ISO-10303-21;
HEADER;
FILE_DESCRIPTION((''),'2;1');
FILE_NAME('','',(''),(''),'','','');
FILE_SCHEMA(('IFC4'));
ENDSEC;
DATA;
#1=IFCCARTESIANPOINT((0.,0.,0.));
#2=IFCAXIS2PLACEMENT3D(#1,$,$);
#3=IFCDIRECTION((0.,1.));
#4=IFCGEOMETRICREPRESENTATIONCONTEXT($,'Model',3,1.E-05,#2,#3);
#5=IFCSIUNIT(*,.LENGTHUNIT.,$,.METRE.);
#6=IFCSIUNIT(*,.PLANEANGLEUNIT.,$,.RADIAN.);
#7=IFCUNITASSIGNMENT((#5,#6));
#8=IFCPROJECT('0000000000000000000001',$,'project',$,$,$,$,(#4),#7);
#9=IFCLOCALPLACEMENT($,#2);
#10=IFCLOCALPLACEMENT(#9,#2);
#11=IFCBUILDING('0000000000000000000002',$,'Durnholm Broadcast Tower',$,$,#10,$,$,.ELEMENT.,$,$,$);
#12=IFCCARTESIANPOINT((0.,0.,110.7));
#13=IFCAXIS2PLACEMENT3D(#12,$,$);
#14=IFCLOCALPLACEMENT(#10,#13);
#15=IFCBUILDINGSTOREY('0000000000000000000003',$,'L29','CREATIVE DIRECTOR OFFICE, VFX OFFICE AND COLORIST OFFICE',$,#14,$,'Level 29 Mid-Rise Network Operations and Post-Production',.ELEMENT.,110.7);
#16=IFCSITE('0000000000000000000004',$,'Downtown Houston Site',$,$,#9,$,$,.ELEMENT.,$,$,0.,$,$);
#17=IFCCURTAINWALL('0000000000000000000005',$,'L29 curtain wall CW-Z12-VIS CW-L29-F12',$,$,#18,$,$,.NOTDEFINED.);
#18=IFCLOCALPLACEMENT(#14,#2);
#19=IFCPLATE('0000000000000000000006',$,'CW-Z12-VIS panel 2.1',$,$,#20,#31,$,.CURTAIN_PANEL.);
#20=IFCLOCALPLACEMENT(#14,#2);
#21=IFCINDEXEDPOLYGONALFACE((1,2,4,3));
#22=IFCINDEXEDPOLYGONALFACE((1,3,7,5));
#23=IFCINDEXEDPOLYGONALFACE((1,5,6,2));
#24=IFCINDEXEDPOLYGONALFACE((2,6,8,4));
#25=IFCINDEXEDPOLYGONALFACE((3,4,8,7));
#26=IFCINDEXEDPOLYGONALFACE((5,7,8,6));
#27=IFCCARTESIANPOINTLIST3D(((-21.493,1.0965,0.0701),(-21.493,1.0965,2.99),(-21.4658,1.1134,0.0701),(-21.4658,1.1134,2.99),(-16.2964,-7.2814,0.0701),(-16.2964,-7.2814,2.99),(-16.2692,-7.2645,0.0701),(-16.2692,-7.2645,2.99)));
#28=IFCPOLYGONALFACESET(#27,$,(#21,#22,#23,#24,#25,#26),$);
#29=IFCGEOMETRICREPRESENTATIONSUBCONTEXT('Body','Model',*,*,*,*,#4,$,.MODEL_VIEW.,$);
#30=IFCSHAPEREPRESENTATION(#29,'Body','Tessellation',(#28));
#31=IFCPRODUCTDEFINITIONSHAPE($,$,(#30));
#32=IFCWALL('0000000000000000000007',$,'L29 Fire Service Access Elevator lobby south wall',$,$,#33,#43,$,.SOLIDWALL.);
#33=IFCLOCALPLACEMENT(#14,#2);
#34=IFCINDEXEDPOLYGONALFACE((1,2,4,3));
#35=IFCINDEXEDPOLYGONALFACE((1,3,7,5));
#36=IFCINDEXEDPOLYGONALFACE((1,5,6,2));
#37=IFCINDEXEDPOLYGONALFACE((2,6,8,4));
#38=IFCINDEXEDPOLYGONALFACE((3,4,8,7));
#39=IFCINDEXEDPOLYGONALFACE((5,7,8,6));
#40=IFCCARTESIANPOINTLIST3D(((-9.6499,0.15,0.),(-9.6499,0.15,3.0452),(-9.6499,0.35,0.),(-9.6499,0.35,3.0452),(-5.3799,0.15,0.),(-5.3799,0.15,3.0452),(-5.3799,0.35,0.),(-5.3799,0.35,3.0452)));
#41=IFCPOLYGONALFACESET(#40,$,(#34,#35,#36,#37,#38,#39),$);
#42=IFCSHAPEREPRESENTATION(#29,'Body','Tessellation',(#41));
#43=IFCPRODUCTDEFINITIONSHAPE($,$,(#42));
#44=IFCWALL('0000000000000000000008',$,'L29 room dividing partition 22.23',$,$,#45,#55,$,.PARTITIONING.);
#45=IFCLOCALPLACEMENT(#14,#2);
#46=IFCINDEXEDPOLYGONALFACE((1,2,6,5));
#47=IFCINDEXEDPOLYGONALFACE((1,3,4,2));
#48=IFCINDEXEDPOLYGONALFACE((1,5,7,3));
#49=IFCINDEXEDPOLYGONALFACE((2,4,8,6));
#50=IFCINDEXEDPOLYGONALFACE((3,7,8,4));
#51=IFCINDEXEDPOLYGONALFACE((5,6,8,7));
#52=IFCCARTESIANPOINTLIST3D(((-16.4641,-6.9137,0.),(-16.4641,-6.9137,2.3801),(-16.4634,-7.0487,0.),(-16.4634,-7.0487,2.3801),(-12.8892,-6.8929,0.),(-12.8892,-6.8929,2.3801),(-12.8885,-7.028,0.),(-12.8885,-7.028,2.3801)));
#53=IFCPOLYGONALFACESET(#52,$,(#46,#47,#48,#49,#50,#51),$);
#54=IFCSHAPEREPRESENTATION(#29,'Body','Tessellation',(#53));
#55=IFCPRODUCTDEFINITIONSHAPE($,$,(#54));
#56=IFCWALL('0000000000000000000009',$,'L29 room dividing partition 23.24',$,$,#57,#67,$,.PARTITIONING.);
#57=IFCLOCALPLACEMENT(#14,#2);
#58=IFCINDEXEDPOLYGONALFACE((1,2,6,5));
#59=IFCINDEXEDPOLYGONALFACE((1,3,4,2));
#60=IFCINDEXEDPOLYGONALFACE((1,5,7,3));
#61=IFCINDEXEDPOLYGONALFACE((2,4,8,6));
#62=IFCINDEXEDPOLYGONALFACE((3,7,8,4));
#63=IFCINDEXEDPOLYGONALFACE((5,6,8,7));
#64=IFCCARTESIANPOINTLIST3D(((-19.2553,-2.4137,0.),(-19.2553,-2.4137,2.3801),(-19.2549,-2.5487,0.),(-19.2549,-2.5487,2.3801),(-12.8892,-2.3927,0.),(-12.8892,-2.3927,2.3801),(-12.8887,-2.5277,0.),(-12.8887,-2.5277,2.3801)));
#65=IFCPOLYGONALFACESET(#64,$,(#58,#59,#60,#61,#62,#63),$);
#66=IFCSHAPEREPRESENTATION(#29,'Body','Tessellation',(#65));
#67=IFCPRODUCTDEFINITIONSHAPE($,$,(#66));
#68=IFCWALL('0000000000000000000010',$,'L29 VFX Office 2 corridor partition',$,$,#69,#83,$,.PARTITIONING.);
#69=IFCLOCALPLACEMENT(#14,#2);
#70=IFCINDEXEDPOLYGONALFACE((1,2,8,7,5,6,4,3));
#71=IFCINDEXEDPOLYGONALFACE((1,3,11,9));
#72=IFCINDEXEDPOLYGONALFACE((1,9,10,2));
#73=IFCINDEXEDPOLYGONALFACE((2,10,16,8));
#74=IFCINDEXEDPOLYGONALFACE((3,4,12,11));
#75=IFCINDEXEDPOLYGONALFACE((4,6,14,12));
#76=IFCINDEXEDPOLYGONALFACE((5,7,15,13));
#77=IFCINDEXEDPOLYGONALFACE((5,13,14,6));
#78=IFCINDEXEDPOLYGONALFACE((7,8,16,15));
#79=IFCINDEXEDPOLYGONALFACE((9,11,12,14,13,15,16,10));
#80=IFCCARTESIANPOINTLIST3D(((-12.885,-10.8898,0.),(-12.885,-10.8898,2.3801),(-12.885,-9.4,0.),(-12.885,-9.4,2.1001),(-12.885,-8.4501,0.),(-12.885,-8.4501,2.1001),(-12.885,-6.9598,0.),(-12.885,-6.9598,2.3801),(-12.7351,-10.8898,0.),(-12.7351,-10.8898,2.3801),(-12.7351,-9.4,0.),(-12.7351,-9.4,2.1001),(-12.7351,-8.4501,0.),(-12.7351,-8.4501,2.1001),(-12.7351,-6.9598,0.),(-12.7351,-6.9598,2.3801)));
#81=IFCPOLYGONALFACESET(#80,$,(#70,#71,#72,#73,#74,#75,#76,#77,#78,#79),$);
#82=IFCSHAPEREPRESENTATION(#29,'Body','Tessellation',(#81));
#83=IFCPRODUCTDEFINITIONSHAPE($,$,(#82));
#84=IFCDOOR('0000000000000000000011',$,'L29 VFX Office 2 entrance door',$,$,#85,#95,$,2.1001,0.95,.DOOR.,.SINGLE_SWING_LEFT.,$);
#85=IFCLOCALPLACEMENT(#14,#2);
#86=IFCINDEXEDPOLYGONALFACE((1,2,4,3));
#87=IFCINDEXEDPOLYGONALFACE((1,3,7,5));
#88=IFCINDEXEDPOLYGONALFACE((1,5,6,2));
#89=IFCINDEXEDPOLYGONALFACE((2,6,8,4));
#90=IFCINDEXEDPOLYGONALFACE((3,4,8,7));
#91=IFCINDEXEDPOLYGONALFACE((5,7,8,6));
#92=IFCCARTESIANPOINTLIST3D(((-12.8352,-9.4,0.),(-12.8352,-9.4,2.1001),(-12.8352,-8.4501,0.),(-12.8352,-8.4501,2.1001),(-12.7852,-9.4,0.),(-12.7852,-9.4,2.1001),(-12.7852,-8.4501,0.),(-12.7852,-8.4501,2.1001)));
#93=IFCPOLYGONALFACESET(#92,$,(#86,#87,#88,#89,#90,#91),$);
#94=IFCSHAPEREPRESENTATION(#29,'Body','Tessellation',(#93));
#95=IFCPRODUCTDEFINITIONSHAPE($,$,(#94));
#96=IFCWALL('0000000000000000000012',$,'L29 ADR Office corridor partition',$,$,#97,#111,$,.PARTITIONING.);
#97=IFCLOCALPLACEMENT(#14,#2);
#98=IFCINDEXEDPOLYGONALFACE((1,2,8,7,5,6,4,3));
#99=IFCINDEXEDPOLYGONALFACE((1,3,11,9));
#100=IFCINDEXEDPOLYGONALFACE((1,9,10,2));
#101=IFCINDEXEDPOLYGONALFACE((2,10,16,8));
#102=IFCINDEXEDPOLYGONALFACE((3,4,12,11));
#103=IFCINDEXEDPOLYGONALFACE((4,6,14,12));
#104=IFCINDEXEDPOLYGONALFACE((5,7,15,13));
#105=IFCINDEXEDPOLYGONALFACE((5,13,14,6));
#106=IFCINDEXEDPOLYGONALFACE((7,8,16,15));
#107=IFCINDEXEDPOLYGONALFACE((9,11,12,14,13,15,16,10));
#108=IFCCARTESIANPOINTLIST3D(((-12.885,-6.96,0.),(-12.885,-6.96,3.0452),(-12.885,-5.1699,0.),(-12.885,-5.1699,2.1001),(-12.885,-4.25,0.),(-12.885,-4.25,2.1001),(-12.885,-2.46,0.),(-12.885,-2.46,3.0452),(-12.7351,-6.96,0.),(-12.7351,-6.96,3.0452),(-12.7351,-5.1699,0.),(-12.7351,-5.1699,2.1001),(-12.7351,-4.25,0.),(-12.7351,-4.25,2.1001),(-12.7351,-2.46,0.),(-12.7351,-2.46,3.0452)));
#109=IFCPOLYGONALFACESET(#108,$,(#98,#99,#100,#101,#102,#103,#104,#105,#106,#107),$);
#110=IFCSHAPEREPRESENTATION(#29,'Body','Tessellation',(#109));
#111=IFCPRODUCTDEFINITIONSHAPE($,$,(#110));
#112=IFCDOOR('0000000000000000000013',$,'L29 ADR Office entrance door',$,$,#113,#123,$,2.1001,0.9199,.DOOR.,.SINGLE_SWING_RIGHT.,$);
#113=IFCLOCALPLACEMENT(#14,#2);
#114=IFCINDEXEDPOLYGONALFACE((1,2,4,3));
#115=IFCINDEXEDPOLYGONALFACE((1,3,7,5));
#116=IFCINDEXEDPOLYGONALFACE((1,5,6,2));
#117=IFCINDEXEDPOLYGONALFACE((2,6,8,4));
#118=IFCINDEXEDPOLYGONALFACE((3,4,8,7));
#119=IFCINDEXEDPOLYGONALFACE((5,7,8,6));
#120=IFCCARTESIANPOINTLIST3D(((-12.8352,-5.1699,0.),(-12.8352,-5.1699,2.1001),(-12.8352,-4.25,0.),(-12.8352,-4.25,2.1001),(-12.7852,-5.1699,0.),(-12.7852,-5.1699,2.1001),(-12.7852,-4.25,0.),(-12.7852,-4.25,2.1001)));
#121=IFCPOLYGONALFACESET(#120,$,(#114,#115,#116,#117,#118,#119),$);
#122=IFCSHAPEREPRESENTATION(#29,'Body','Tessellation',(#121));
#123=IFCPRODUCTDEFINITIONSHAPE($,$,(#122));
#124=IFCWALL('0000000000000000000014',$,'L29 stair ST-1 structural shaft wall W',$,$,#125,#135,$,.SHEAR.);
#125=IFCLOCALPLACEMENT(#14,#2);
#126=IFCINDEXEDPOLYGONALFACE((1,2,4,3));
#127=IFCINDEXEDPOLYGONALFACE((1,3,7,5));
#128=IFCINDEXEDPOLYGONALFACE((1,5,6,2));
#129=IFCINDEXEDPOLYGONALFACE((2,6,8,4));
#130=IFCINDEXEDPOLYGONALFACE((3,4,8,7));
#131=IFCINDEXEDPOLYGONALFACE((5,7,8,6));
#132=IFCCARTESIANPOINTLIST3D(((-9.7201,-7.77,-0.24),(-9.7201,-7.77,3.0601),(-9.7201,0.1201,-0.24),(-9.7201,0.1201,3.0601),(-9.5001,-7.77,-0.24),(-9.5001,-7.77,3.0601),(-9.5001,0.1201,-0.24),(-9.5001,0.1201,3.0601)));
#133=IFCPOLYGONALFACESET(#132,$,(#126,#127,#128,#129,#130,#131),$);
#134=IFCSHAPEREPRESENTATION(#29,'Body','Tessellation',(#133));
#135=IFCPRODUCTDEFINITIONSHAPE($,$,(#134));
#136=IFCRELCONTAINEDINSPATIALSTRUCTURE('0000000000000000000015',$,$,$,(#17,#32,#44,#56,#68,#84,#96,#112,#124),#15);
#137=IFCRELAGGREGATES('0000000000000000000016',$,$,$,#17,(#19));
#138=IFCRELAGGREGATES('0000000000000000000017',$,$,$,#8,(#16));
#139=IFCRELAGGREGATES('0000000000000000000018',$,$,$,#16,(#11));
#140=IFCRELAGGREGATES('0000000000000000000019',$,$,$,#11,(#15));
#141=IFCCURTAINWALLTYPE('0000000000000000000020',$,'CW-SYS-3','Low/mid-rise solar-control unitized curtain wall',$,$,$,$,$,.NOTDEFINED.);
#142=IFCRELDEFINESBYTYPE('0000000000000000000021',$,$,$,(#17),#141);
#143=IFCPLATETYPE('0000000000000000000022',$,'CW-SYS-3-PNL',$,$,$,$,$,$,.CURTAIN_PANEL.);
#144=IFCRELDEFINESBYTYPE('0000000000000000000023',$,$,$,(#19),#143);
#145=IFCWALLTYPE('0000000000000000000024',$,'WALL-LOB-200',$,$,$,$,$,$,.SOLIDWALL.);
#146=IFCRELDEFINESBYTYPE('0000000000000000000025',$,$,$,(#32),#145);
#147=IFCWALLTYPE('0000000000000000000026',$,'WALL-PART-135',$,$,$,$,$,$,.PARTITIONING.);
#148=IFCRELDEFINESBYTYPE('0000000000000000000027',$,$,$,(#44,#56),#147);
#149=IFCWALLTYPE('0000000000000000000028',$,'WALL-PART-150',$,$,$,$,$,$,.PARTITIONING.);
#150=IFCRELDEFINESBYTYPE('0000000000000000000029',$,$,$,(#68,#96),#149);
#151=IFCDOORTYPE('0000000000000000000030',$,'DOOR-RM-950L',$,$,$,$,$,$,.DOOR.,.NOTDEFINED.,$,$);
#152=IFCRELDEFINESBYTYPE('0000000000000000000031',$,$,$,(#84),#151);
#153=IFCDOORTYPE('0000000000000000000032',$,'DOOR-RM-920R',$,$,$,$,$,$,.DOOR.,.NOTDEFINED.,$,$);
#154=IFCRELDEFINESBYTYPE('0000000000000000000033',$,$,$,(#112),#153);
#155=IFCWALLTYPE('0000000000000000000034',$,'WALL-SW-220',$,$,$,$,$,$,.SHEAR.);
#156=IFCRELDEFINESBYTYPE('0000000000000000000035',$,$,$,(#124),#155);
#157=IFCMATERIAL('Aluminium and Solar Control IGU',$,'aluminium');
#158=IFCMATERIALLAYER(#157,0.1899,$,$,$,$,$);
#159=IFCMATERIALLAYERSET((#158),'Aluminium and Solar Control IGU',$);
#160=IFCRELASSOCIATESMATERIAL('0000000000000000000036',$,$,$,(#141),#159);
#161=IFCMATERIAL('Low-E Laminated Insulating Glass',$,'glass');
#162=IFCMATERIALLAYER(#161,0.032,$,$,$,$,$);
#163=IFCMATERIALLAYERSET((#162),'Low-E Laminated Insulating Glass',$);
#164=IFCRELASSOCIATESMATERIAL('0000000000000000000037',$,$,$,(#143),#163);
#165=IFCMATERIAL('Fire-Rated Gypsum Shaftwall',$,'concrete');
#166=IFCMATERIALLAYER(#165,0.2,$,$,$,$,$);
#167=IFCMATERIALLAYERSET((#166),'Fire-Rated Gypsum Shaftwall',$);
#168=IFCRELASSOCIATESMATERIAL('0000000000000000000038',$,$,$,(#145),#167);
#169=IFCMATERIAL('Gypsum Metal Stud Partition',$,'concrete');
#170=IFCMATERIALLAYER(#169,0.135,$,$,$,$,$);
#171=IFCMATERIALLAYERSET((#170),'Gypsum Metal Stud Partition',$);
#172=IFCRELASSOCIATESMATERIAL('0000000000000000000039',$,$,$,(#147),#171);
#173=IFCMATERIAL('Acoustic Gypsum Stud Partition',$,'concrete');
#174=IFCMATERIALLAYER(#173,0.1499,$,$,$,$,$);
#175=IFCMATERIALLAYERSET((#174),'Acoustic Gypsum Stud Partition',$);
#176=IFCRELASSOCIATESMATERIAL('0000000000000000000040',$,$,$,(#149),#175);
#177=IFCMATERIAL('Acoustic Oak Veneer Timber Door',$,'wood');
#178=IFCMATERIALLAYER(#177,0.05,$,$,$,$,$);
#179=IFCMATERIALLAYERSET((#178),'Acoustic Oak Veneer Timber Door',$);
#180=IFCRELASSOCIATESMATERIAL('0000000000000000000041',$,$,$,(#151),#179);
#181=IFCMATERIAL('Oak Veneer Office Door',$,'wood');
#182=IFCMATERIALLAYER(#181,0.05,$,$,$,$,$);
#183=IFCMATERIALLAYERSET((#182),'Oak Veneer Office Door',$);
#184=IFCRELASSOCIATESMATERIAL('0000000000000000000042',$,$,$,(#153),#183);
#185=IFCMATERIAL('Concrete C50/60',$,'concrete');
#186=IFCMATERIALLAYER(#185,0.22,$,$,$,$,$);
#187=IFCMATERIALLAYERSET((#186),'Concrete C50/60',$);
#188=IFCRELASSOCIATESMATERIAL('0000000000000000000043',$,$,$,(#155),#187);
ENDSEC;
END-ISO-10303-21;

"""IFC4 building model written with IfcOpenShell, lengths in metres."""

from ifc_helpers import new_model, si_unit, direction, frame, frame_2d, origin, origin_2d, place, context, subcontext, project, spatial, rectangle, extrude, source, transform, mapped, material, layer, layer_set, type_object, type_shapes, element, fill, aggregate, save


model = new_model("IFC4")

# Units and contexts
model_context = context("Model", 3, precision=1e-05, world=origin(), true_north=direction((0.0, 1.0)))
body_context = subcontext(model_context, "Body", "Model", "MODEL_VIEW")
ifc_project = project(units=[si_unit("LENGTHUNIT", "METRE"), si_unit("PLANEANGLEUNIT", "RADIAN")], contexts=[model_context])

# Site, building, storey
site_placement = place(None, origin())
site = spatial("IfcSite", under=ifc_project, at=site_placement, Name="Downtown Houston Site", CompositionType="ELEMENT", RefElevation=0.0)
building_placement = place(site_placement, origin())
building = spatial("IfcBuilding", under=site, at=building_placement, Name="Durnholm Broadcast Tower", CompositionType="ELEMENT")
storey_placement = place(building_placement, frame((0.0, 0.0, 110.7)))
storey = spatial("IfcBuildingStorey", under=building, at=storey_placement, Name="L29", Description="CREATIVE DIRECTOR OFFICE, VFX OFFICE AND COLORIST OFFICE", LongName="Level 29 Mid-Rise Network Operations and Post-Production", CompositionType="ELEMENT", Elevation=110.7)

# Curtain wall
ifc_material_1 = material(Name="Aluminium and Solar Control IGU", Category="aluminium")
ifc_layer_1 = layer(ifc_material_1, 0.1899)
ifc_layer_set_1 = layer_set([ifc_layer_1], Name="Aluminium and Solar Control IGU")
curtain_wall_type_1 = type_object("IfcCurtainWallType", Name="CW-SYS-3", Description="Low/mid-rise solar-control unitized curtain wall", PredefinedType="NOTDEFINED", material=ifc_layer_set_1)
curtain_wall_1_placement = place(storey_placement, origin())
curtain_wall_1 = element("IfcCurtainWall", 1, at=curtain_wall_1_placement, inside=storey, type_object=curtain_wall_type_1, Name="L29 curtain wall CW-Z12-VIS CW-L29-F12", PredefinedType="NOTDEFINED")

# Plate
ifc_material_2 = material(Name="Low-E Laminated Insulating Glass", Category="glass")
ifc_layer_2 = layer(ifc_material_2, 0.032)
ifc_layer_set_2 = layer_set([ifc_layer_2], Name="Low-E Laminated Insulating Glass")
plate_type_1 = type_object("IfcPlateType", Name="CW-SYS-3-PNL", PredefinedType="CURTAIN_PANEL", material=ifc_layer_set_2)
shared_shape_1 = source(origin(), body_context, "Body", "SweptSolid", [
    extrude(rectangle(XDim=9.8586, YDim=0.032, at=origin_2d()), origin(), (0.0, 0.0, 1.0), 2.9199),
])
type_shapes(plate_type_1, [shared_shape_1])
plate_1_placement = place(storey_placement, frame((-18.8811, -3.084, 0.0701), z_axis=(0.0, 0.0, 1.0), x_axis=(-0.527105, 0.8498, 0.0)))
plate_1 = element("IfcPlate", 2, at=plate_1_placement, type_object=plate_type_1, Name="CW-Z12-VIS panel 2.1", PredefinedType="CURTAIN_PANEL", context=body_context, shape_type="MappedRepresentation", body=[
    mapped(shared_shape_1, transform((0.0, 0.0, 0.0), x_axis=(1.0, 0.0, 0.0), y_axis=(0.0, 1.0, 0.0), z_axis=(0.0, 0.0, 1.0), scale=1.0)),
])
aggregate(curtain_wall_1, [plate_1])

# Walls
ifc_material_3 = material(Name="Fire-Rated Gypsum Shaftwall", Category="concrete")
ifc_layer_3 = layer(ifc_material_3, 0.2)
ifc_layer_set_3 = layer_set([ifc_layer_3], Name="Fire-Rated Gypsum Shaftwall")
wall_type_1 = type_object("IfcWallType", Name="WALL-LOB-200", PredefinedType="SOLIDWALL", material=ifc_layer_set_3)
wall_1_placement = place(storey_placement, frame((-9.6499, 0.25, 0.0), z_axis=(0.0, 0.0, 1.0), x_axis=(1.0, 0.0, 0.0)))
element("IfcWall", 3, at=wall_1_placement, inside=storey, type_object=wall_type_1, Name="L29 Fire Service Access Elevator lobby south wall", PredefinedType="SOLIDWALL", context=body_context, shape_type="SweptSolid", body=[
    extrude(rectangle(XDim=4.27, YDim=0.2, at=frame_2d((2.135, 0.0))), origin(), (0.0, 0.0, 1.0), 3.0452),
])
ifc_material_4 = material(Name="Gypsum Metal Stud Partition", Category="concrete")
ifc_layer_4 = layer(ifc_material_4, 0.135)
ifc_layer_set_4 = layer_set([ifc_layer_4], Name="Gypsum Metal Stud Partition")
wall_type_2 = type_object("IfcWallType", Name="WALL-PART-135", PredefinedType="PARTITIONING", material=ifc_layer_set_4)
wall_2_placement = place(storey_placement, frame((-16.4639, -6.9812, 0.0), z_axis=(0.0, 0.0, 1.0), x_axis=(0.999983, 0.005805, 0.0)))
element("IfcWall", 4, at=wall_2_placement, inside=storey, type_object=wall_type_2, Name="L29 room dividing partition 22.23", PredefinedType="PARTITIONING", context=body_context, shape_type="SweptSolid", body=[
    extrude(rectangle(XDim=3.575, YDim=0.135, at=frame_2d((1.7876, 0.0))), origin(), (0.0, 0.0, 1.0), 2.3801),
])
wall_3_placement = place(storey_placement, frame((-19.2551, -2.4812, 0.0), z_axis=(0.0, 0.0, 1.0), x_axis=(0.999995, 0.003298, 0.0)))
element("IfcWall", 5, at=wall_3_placement, inside=storey, type_object=wall_type_2, Name="L29 room dividing partition 23.24", PredefinedType="PARTITIONING", context=body_context, shape_type="SweptSolid", body=[
    extrude(rectangle(XDim=6.3662, YDim=0.135, at=frame_2d((3.1831, 0.0))), origin(), (0.0, 0.0, 1.0), 2.3801),
])

# Walls, openings, doors
ifc_material_5 = material(Name="Acoustic Gypsum Stud Partition", Category="concrete")
ifc_layer_5 = layer(ifc_material_5, 0.1499)
ifc_layer_set_5 = layer_set([ifc_layer_5], Name="Acoustic Gypsum Stud Partition")
wall_type_3 = type_object("IfcWallType", Name="WALL-PART-150", PredefinedType="PARTITIONING", material=ifc_layer_set_5)
wall_4_placement = place(storey_placement, frame((-12.8101, -6.96, 0.0), z_axis=(0.0, 0.0, 1.0), x_axis=(0.0, -1.0, 0.0)))
wall_4 = element("IfcWall", 6, at=wall_4_placement, inside=storey, type_object=wall_type_3, Name="L29 VFX Office 2 corridor partition", PredefinedType="PARTITIONING", context=body_context, shape_type="SweptSolid", body=[
    extrude(rectangle(XDim=3.9299, YDim=0.1499, at=frame_2d((1.9648, 0.0))), origin(), (0.0, 0.0, 1.0), 2.3801),
])
opening_1_placement = place(wall_4_placement, frame((1.49, 0.0, 0.0)))
opening_1 = element("IfcOpeningElement", 7, at=opening_1_placement, cuts=wall_4, PredefinedType="OPENING", context=body_context, shape_type="SweptSolid", body=[
    extrude(rectangle(XDim=0.95, YDim=2.1001, at=frame_2d((0.4751, 1.05))), frame((0.0, 0.085, 0.0), z_axis=(0.0, -1.0, 0.0), x_axis=(1.0, 0.0, 0.0)), (0.0, 0.0, 1.0), 0.1699),
])
ifc_material_6 = material(Name="Acoustic Oak Veneer Timber Door", Category="wood")
ifc_layer_6 = layer(ifc_material_6, 0.05)
ifc_layer_set_6 = layer_set([ifc_layer_6], Name="Acoustic Oak Veneer Timber Door")
door_type_1 = type_object("IfcDoorType", Name="DOOR-RM-950L", OperationType="NOTDEFINED", PredefinedType="DOOR", material=ifc_layer_set_6)
shared_shape_2 = source(origin(), body_context, "Body", "SweptSolid", [
    extrude(rectangle(XDim=0.95, YDim=2.1001, at=frame_2d((0.4751, 1.05))), frame((0.0, 0.0249, 0.0), z_axis=(0.0, -1.0, 0.0), x_axis=(1.0, 0.0, 0.0)), (0.0, 0.0, 1.0), 0.05),
])
type_shapes(door_type_1, [shared_shape_2])
door_1_placement = place(opening_1_placement, origin())
door_1 = element("IfcDoor", 8, at=door_1_placement, inside=storey, type_object=door_type_1, Name="L29 VFX Office 2 entrance door", OperationType="SINGLE_SWING_LEFT", OverallHeight=2.1001, OverallWidth=0.95, PredefinedType="DOOR", context=body_context, shape_type="MappedRepresentation", body=[
    mapped(shared_shape_2, transform((0.0, 0.0, 0.0), x_axis=(1.0, 0.0, 0.0), y_axis=(0.0, 1.0, 0.0), z_axis=(0.0, 0.0, 1.0), scale=1.0)),
])
fill(opening_1, door_1)
wall_5_placement = place(storey_placement, frame((-12.8101, -2.46, 0.0), z_axis=(0.0, 0.0, 1.0), x_axis=(0.0, -1.0, 0.0)))
wall_5 = element("IfcWall", 9, at=wall_5_placement, inside=storey, type_object=wall_type_3, Name="L29 ADR Office corridor partition", PredefinedType="PARTITIONING", context=body_context, shape_type="SweptSolid", body=[
    extrude(rectangle(XDim=4.5, YDim=0.1499, at=frame_2d((2.25, 0.0))), origin(), (0.0, 0.0, 1.0), 3.0452),
])
opening_2_placement = place(wall_5_placement, frame((1.79, 0.0, 0.0)))
opening_2 = element("IfcOpeningElement", 10, at=opening_2_placement, cuts=wall_5, PredefinedType="OPENING", context=body_context, shape_type="SweptSolid", body=[
    extrude(rectangle(XDim=0.9199, YDim=2.1001, at=frame_2d((0.46, 1.05))), frame((0.0, 0.085, 0.0), z_axis=(0.0, -1.0, 0.0), x_axis=(1.0, 0.0, 0.0)), (0.0, 0.0, 1.0), 0.1699),
])
ifc_material_7 = material(Name="Oak Veneer Office Door", Category="wood")
ifc_layer_7 = layer(ifc_material_7, 0.05)
ifc_layer_set_7 = layer_set([ifc_layer_7], Name="Oak Veneer Office Door")
door_type_2 = type_object("IfcDoorType", Name="DOOR-RM-920R", OperationType="NOTDEFINED", PredefinedType="DOOR", material=ifc_layer_set_7)
shared_shape_3 = source(origin(), body_context, "Body", "SweptSolid", [
    extrude(rectangle(XDim=0.9199, YDim=2.1001, at=frame_2d((0.46, 1.05))), frame((0.0, 0.0249, 0.0), z_axis=(0.0, -1.0, 0.0), x_axis=(1.0, 0.0, 0.0)), (0.0, 0.0, 1.0), 0.05),
])
type_shapes(door_type_2, [shared_shape_3])
door_2_placement = place(opening_2_placement, origin())
door_2 = element("IfcDoor", 11, at=door_2_placement, inside=storey, type_object=door_type_2, Name="L29 ADR Office entrance door", OperationType="SINGLE_SWING_RIGHT", OverallHeight=2.1001, OverallWidth=0.9199, PredefinedType="DOOR", context=body_context, shape_type="MappedRepresentation", body=[
    mapped(shared_shape_3, transform((0.0, 0.0, 0.0), x_axis=(1.0, 0.0, 0.0), y_axis=(0.0, 1.0, 0.0), z_axis=(0.0, 0.0, 1.0), scale=1.0)),
])
fill(opening_2, door_2)

# Wall
ifc_material_8 = material(Name="Concrete C50/60", Category="concrete")
ifc_layer_8 = layer(ifc_material_8, 0.22)
ifc_layer_set_8 = layer_set([ifc_layer_8], Name="Concrete C50/60")
wall_type_4 = type_object("IfcWallType", Name="WALL-SW-220", PredefinedType="SHEAR", material=ifc_layer_set_8)
wall_6_placement = place(storey_placement, frame((-9.6101, 0.1201, -0.24), z_axis=(0.0, 0.0, 1.0), x_axis=(0.0, -1.0, 0.0)))
element("IfcWall", 12, at=wall_6_placement, inside=storey, type_object=wall_type_4, Name="L29 stair ST-1 structural shaft wall W", PredefinedType="SHEAR", context=body_context, shape_type="SweptSolid", body=[
    extrude(rectangle(XDim=7.8901, YDim=0.22, at=frame_2d((3.9451, 0.0))), origin(), (0.0, 0.0, 1.0), 3.3),
])

save(model, "model.ifc")
